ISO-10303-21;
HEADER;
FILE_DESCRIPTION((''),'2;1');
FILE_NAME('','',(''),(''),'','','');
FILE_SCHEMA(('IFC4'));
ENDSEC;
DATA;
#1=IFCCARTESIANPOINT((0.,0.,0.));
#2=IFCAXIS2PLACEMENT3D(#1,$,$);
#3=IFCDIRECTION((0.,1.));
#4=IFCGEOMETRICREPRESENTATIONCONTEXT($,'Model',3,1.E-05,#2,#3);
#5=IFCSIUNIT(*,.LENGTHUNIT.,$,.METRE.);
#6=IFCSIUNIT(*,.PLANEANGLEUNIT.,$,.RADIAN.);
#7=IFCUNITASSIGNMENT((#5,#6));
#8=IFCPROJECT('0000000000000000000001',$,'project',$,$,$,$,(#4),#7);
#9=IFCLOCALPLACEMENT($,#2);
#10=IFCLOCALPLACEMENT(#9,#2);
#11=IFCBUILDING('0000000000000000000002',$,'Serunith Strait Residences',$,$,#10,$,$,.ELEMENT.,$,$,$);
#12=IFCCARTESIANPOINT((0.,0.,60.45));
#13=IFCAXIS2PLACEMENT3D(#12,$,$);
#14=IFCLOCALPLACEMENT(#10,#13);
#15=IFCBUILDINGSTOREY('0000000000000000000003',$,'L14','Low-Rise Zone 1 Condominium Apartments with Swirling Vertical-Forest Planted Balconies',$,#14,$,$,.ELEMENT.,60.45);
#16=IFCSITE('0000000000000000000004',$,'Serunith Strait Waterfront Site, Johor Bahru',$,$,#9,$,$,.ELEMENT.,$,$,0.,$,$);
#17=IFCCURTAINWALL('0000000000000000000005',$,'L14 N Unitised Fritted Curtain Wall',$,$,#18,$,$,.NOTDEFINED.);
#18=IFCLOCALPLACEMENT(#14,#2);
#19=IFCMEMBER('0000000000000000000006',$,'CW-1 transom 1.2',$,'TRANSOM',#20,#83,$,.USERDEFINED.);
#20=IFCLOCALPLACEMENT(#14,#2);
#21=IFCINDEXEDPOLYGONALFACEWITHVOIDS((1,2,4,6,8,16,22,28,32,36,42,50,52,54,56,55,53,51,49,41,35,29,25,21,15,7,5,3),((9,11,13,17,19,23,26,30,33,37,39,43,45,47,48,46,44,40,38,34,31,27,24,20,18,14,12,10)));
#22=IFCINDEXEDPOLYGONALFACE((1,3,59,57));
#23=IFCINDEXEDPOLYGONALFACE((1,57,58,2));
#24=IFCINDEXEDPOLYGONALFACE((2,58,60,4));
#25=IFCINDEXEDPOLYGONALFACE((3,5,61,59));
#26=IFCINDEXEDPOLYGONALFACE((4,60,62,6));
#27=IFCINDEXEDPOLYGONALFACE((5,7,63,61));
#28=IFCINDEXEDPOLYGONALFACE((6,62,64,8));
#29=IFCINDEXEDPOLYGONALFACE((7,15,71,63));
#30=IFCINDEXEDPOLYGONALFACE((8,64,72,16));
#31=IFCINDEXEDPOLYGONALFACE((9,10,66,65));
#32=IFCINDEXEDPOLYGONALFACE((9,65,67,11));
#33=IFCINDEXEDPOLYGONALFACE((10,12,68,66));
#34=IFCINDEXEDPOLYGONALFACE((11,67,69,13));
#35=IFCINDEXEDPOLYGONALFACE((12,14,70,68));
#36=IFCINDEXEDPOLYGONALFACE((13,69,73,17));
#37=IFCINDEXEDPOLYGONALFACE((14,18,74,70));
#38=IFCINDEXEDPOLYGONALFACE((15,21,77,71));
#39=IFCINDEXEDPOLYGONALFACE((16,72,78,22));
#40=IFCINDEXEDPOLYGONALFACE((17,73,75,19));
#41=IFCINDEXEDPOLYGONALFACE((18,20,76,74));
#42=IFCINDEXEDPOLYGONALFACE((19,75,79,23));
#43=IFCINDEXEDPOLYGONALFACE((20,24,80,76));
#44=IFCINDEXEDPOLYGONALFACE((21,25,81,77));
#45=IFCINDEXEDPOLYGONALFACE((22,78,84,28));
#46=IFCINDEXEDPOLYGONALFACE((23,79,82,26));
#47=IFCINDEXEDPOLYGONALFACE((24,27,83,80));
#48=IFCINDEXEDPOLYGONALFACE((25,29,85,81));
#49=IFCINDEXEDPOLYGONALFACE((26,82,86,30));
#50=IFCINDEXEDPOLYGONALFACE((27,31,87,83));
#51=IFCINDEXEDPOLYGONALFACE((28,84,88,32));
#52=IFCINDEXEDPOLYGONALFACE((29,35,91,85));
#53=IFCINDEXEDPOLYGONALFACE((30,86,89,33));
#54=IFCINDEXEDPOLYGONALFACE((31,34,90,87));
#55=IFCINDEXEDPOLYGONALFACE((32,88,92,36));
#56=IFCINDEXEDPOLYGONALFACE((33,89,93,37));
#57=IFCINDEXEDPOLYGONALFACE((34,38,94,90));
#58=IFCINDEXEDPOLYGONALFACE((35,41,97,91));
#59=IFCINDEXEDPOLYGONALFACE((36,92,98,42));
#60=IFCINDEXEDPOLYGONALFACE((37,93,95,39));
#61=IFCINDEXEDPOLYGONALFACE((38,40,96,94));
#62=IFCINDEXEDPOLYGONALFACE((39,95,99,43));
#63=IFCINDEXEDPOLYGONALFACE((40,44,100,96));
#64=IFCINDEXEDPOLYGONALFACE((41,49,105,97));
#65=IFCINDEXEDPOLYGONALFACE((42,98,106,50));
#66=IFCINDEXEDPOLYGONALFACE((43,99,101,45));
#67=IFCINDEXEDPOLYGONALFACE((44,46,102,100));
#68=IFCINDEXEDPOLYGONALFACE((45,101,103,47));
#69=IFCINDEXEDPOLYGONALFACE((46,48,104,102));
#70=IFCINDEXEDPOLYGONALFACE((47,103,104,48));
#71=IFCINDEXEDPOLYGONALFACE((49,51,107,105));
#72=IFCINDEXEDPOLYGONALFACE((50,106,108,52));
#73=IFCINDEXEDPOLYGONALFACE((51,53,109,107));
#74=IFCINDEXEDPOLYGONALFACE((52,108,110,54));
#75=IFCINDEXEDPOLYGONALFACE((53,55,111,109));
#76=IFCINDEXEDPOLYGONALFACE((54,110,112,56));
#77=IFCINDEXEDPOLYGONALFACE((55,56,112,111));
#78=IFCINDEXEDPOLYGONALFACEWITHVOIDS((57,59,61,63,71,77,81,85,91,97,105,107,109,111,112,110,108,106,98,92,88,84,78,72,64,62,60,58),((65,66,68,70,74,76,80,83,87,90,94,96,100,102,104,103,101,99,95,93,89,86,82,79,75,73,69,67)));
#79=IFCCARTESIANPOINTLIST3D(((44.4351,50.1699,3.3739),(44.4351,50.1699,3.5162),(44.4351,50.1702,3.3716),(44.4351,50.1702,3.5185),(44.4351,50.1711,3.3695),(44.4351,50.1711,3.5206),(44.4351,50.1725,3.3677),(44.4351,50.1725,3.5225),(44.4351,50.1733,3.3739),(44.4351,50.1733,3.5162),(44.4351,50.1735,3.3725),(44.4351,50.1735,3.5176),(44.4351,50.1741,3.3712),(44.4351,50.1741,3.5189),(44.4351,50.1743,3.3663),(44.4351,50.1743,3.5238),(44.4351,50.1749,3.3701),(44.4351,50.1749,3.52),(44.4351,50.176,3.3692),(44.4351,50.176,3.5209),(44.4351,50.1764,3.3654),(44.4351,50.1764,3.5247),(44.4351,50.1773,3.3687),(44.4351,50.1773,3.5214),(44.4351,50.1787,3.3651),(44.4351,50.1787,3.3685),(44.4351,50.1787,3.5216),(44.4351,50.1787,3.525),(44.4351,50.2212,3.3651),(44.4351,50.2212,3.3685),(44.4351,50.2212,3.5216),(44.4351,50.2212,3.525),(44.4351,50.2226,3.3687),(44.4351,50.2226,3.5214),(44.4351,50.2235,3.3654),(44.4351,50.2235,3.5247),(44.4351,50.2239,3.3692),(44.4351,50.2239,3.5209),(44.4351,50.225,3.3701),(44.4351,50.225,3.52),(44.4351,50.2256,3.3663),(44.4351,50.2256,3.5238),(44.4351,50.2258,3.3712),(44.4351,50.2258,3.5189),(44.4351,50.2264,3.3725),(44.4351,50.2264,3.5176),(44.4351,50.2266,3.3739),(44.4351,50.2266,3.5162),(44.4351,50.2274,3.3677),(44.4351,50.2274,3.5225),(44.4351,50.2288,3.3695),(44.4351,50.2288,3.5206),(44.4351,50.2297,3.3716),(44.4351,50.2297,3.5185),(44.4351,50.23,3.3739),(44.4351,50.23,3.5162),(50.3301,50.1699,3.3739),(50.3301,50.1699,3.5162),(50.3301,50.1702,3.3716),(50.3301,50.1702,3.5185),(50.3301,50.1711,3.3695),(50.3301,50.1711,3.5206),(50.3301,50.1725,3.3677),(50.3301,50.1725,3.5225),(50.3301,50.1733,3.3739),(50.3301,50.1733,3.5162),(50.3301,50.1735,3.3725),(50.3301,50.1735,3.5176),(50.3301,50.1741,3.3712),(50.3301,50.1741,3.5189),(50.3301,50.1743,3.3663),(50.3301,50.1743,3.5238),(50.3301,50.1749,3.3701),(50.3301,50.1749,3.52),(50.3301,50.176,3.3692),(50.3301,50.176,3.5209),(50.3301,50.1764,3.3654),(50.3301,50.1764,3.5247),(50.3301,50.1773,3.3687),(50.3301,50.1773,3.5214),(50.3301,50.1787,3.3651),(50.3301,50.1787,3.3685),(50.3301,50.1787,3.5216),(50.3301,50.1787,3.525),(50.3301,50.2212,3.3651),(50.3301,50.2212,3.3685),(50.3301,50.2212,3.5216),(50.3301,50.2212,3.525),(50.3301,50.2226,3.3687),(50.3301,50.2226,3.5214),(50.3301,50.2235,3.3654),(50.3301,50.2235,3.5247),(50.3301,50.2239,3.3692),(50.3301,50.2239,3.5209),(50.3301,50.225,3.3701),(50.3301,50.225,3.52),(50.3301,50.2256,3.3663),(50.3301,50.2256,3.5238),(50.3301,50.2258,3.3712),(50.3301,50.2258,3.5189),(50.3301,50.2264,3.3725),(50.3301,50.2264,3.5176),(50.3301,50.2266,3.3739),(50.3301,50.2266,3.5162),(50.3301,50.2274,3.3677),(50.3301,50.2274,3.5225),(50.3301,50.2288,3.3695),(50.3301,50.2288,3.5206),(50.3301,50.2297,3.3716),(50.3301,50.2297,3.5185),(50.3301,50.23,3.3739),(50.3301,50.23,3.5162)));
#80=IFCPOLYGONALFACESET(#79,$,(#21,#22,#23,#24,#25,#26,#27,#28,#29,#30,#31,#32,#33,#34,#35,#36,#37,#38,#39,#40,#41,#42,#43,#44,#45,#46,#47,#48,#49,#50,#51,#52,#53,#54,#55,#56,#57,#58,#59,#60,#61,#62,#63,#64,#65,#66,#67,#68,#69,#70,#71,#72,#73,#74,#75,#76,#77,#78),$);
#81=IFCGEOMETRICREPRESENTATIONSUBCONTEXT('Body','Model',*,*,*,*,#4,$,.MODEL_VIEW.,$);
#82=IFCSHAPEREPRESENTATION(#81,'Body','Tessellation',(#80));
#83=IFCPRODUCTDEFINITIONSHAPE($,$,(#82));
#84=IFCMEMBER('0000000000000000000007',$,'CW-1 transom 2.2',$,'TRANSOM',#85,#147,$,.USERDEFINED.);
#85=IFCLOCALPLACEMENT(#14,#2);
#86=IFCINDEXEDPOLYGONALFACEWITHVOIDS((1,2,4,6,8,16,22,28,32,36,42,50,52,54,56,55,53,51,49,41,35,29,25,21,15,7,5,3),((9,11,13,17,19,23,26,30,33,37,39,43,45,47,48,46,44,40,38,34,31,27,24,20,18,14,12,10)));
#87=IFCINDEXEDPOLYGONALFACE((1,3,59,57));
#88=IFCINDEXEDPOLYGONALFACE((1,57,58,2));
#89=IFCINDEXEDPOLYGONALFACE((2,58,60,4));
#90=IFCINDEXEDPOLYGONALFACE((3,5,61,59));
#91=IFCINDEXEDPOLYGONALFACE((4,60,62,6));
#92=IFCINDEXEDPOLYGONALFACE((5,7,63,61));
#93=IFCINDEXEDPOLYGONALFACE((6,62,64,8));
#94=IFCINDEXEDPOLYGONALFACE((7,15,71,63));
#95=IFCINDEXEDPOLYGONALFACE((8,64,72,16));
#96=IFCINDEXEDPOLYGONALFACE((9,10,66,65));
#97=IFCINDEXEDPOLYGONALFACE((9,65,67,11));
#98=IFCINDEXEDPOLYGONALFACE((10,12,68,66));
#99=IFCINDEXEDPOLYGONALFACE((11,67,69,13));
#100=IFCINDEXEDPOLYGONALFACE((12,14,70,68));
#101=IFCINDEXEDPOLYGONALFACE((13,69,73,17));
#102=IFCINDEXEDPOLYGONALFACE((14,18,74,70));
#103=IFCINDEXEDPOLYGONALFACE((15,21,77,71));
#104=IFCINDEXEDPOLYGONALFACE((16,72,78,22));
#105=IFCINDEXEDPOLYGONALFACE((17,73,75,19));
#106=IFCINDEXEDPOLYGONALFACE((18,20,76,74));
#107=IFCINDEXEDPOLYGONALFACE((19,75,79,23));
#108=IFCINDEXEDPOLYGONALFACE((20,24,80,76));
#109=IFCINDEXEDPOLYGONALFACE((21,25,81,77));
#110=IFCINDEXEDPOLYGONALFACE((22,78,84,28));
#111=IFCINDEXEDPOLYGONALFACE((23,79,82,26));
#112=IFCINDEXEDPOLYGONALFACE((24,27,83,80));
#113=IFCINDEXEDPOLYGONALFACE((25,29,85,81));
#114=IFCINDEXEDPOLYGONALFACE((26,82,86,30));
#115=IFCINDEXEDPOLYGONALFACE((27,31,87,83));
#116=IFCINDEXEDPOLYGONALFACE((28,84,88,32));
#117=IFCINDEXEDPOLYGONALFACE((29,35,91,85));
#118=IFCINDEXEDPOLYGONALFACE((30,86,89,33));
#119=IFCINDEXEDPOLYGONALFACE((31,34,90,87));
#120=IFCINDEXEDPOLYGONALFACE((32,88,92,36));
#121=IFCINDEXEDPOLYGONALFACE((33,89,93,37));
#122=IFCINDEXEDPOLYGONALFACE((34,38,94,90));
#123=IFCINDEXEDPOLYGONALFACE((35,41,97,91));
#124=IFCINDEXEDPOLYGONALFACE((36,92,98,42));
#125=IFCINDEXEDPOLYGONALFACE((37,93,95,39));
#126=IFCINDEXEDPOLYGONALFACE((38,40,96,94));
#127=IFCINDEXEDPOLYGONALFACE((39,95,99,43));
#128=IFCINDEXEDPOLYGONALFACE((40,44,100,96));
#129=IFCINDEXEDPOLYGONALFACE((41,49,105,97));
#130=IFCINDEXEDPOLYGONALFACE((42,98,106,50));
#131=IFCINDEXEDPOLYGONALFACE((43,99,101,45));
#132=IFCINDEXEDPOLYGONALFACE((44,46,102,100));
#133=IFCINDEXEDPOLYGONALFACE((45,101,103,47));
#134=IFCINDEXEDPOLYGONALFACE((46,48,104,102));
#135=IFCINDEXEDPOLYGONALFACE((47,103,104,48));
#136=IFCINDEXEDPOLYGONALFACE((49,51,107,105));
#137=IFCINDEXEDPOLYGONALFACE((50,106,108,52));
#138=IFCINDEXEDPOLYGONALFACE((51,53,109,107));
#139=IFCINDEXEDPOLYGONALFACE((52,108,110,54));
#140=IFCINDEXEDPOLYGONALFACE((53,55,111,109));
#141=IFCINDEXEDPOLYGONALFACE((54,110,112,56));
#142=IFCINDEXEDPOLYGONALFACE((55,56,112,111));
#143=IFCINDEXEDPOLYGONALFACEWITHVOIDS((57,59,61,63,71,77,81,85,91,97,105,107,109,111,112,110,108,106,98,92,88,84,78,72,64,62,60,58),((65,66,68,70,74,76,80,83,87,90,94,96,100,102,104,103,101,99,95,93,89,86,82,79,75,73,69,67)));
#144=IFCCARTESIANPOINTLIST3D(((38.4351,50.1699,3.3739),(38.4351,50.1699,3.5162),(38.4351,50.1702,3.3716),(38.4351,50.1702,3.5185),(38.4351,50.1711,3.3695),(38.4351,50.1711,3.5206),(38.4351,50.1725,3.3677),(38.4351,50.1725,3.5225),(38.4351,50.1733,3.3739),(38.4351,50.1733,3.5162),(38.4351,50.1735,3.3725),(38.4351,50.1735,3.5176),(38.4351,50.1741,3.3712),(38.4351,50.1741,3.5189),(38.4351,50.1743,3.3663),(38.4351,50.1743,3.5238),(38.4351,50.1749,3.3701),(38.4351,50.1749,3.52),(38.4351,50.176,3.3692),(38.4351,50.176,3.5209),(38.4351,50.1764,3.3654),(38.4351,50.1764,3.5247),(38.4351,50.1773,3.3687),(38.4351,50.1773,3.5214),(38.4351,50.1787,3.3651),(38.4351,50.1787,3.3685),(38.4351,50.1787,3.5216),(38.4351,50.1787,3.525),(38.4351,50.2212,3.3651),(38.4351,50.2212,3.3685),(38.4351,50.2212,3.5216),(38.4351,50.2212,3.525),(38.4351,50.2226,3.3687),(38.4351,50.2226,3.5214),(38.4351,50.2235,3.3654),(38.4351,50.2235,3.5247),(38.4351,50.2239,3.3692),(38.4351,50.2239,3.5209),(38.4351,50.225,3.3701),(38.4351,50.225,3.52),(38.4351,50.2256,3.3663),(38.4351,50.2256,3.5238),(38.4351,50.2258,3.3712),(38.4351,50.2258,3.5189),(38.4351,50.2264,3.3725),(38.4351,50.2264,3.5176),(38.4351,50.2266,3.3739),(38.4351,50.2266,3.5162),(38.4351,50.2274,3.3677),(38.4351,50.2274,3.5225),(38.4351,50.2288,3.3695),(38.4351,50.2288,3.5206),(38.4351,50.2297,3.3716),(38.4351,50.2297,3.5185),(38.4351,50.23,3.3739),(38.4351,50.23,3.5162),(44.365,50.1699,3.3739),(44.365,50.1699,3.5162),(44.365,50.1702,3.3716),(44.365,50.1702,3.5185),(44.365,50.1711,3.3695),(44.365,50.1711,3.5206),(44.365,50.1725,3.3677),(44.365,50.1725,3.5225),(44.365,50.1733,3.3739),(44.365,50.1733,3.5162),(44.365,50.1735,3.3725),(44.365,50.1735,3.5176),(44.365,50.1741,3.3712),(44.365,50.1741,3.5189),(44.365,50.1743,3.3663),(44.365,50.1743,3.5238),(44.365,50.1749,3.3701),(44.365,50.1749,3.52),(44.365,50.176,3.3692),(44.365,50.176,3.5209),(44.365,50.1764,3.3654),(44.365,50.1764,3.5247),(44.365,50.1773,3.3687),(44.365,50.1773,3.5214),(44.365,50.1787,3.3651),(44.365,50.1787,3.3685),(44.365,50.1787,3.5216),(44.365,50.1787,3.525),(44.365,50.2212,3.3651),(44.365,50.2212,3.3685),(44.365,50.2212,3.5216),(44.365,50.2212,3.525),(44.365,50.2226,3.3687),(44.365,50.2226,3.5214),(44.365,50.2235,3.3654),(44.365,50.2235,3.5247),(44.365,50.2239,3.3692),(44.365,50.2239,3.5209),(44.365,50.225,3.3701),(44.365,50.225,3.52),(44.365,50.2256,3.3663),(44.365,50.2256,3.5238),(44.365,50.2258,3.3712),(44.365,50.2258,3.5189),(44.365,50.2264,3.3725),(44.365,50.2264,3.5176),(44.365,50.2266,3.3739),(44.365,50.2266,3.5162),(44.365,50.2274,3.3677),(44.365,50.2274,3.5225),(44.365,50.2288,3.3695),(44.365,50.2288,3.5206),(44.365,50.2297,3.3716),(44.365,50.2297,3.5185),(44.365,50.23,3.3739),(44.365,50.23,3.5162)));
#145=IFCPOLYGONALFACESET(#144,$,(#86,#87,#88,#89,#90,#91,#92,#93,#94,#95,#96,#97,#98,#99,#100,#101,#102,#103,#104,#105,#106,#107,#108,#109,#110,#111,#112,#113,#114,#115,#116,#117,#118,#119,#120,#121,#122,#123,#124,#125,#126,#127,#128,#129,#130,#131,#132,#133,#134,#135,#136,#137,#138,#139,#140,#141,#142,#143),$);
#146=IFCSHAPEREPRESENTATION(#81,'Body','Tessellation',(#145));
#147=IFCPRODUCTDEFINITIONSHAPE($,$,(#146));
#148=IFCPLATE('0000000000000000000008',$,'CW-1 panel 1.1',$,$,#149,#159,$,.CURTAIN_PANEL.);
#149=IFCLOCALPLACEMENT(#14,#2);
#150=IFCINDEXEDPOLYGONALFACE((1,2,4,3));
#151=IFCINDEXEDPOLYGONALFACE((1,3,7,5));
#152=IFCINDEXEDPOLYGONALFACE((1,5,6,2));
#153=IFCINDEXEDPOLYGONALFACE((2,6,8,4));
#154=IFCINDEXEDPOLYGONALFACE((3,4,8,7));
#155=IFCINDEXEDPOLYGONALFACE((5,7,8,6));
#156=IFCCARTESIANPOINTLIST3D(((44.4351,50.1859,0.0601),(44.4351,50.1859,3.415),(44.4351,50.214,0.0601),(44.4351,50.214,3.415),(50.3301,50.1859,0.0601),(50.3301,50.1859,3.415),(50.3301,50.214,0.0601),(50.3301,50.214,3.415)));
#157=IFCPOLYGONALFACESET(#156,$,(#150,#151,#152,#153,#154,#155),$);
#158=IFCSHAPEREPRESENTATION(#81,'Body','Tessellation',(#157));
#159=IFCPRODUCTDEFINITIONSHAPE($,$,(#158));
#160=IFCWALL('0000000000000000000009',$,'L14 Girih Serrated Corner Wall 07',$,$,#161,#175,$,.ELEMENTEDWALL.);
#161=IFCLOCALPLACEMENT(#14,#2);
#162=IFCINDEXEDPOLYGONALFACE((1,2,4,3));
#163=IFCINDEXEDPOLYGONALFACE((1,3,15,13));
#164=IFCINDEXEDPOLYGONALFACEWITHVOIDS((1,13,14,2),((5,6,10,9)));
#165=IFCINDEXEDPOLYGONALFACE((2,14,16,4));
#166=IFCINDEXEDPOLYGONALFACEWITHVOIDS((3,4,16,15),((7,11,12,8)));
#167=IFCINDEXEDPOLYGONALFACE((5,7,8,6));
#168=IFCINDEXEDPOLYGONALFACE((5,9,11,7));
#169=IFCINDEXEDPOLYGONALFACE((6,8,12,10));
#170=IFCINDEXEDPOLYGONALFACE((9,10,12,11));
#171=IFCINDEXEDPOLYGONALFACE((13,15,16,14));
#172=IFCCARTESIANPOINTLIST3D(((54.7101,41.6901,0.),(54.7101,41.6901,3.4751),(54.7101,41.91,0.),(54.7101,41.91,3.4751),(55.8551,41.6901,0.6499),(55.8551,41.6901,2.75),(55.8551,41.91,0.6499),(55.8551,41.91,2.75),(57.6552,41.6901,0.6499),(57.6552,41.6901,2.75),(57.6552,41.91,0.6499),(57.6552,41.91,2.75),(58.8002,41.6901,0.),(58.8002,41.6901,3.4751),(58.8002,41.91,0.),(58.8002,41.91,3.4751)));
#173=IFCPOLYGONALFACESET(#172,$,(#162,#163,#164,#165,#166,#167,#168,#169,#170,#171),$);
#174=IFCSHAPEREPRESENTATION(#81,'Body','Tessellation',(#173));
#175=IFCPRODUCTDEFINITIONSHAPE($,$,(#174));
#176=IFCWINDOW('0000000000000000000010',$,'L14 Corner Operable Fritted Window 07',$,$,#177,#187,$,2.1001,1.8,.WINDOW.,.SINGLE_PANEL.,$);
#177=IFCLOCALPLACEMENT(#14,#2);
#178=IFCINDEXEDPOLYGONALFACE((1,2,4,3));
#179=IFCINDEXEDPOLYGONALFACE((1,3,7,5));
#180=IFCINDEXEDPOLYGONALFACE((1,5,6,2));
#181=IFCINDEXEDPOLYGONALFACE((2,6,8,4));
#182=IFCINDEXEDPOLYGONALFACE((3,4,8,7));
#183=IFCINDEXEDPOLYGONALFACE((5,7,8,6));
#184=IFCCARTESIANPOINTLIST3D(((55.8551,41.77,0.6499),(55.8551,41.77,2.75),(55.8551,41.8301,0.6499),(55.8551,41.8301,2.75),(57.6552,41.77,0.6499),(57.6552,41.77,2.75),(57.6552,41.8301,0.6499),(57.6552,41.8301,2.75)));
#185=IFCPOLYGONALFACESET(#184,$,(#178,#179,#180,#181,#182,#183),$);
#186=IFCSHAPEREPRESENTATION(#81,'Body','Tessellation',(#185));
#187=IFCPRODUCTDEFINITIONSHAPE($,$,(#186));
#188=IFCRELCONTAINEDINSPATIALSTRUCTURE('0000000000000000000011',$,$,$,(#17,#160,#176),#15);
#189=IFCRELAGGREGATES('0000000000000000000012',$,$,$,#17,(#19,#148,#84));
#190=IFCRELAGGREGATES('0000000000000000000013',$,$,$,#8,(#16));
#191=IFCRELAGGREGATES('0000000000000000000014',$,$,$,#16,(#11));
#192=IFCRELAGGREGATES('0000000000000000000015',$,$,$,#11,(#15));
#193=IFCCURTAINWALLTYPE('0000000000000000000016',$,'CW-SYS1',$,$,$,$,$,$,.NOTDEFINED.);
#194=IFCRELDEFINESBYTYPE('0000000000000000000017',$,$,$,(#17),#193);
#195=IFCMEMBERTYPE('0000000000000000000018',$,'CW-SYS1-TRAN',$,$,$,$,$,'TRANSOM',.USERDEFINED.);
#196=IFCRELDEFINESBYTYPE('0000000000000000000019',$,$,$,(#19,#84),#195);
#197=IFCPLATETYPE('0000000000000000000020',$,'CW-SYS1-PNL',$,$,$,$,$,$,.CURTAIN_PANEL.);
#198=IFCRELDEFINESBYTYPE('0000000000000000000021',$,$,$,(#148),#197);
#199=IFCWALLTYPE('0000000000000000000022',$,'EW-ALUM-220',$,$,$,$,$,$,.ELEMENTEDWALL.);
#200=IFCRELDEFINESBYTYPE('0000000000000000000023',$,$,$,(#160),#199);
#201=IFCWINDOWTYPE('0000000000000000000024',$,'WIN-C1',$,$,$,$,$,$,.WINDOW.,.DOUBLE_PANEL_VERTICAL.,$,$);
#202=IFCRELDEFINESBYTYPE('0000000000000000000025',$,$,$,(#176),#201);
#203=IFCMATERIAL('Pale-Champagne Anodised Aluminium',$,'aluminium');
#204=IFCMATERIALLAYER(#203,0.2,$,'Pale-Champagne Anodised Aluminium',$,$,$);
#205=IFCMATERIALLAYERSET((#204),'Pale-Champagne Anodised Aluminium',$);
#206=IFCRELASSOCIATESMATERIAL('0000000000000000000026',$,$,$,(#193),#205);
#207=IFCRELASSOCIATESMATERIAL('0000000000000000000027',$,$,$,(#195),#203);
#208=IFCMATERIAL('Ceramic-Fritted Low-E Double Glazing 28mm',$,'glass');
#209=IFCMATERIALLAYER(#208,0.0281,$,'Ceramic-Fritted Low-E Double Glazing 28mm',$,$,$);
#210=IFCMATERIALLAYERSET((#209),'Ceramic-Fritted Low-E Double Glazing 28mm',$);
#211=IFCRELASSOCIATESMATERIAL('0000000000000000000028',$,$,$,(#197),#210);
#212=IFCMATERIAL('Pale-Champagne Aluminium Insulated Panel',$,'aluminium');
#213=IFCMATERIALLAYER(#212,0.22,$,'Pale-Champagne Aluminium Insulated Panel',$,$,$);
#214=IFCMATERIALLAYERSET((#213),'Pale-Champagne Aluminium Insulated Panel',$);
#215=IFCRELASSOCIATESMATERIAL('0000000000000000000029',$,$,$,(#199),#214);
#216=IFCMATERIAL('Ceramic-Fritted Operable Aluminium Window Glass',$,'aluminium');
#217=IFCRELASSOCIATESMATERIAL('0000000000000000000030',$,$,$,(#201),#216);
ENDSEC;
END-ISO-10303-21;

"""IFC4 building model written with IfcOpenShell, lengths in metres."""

from ifc_helpers import new_model, si_unit, direction, frame, frame_2d, origin, origin_2d, place, context, subcontext, project, spatial, rectangle, hollow_rectangle, extrude, source, transform, mapped, material, layer, layer_set, material_profile, profile_set, type_object, element, fill, aggregate, save


model = new_model("IFC4")

# Units and contexts
model_context = context("Model", 3, precision=1e-05, world=origin(), true_north=direction((0.0, 1.0)))
body_context = subcontext(model_context, "Body", "Model", "MODEL_VIEW")
ifc_project = project(units=[si_unit("LENGTHUNIT", "METRE"), si_unit("PLANEANGLEUNIT", "RADIAN")], contexts=[model_context])

# Site, building, storey
site_placement = place(None, origin())
site = spatial("IfcSite", under=ifc_project, at=site_placement, Name="Serunith Strait Waterfront Site, Johor Bahru", CompositionType="ELEMENT", RefElevation=0.0)
building_placement = place(site_placement, origin())
building = spatial("IfcBuilding", under=site, at=building_placement, Name="Serunith Strait Residences", CompositionType="ELEMENT")
storey_placement = place(building_placement, frame((0.0, 0.0, 60.45)))
storey = spatial("IfcBuildingStorey", under=building, at=storey_placement, Name="L14", Description="Low-Rise Zone 1 Condominium Apartments with Swirling Vertical-Forest Planted Balconies", CompositionType="ELEMENT", Elevation=60.45)

# Shared definitions
ifc_material_1 = material(Name="Pale-Champagne Anodised Aluminium", Category="aluminium")
ifc_layer_1 = layer(ifc_material_1, 0.2, Name="Pale-Champagne Anodised Aluminium")
ifc_layer_set_1 = layer_set([ifc_layer_1], Name="Pale-Champagne Anodised Aluminium")
curtain_wall_type = type_object("IfcCurtainWallType", Name="CW-SYS1", PredefinedType="NOTDEFINED", material=ifc_layer_set_1)

# Curtain wall, members, plate
curtain_wall_1_placement = place(storey_placement, origin())
curtain_wall_1 = element("IfcCurtainWall", 1, at=curtain_wall_1_placement, inside=storey, type_object=curtain_wall_type, Name="L14 N Unitised Fritted Curtain Wall", PredefinedType="NOTDEFINED")
ifc_material_profile_1 = material_profile(ifc_material_1, hollow_rectangle(XDim=0.0601, YDim=0.1599, WallThickness=0.0034, InnerFilletRadius=0.0054, OuterFilletRadius=0.0088, at=origin_2d()), Name="ALU 160x60x3.5")
ifc_profile_set_1 = profile_set([ifc_material_profile_1], Name="Pale-Champagne Anodised Aluminium")
member_type_1 = type_object("IfcMemberType", Name="CW-SYS1-TRAN", ElementType="TRANSOM", PredefinedType="USERDEFINED", material=ifc_profile_set_1)
shared_shape_1 = source(origin(), body_context, "Body", "SweptSolid", [
    extrude(hollow_rectangle(XDim=0.0601, YDim=0.1599, WallThickness=0.0034, InnerFilletRadius=0.0054, OuterFilletRadius=0.0088, at=origin_2d()), origin(), (0.0, 0.0, 1.0), 5.895),
])
member_1_placement = place(storey_placement, frame((50.3301, 50.2, 3.4451), z_axis=(-1.0, 0.0, 0.0), x_axis=(0.0, -1.0, 0.0)))
member_1 = element("IfcMember", 2, at=member_1_placement, type_object=member_type_1, Name="CW-1 transom 1.2", ObjectType="TRANSOM", PredefinedType="USERDEFINED", context=body_context, shape_type="MappedRepresentation", body=[
    mapped(shared_shape_1, transform((0.0, 0.0, 0.0), scale=1.0)),
])
shared_shape_2 = source(origin(), body_context, "Body", "SweptSolid", [
    extrude(hollow_rectangle(XDim=0.0601, YDim=0.1599, WallThickness=0.0034, InnerFilletRadius=0.0054, OuterFilletRadius=0.0088, at=origin_2d()), origin(), (0.0, 0.0, 1.0), 5.9299),
])
member_2_placement = place(storey_placement, frame((44.365, 50.2, 3.4451), z_axis=(-1.0, 0.0, 0.0), x_axis=(0.0, -1.0, 0.0)))
member_2 = element("IfcMember", 3, at=member_2_placement, type_object=member_type_1, Name="CW-1 transom 2.2", ObjectType="TRANSOM", PredefinedType="USERDEFINED", context=body_context, shape_type="MappedRepresentation", body=[
    mapped(shared_shape_2, transform((0.0, 0.0, 0.0), scale=1.0)),
])
ifc_material_2 = material(Name="Ceramic-Fritted Low-E Double Glazing 28mm", Category="glass")
ifc_layer_2 = layer(ifc_material_2, 0.0281, Name="Ceramic-Fritted Low-E Double Glazing 28mm")
ifc_layer_set_2 = layer_set([ifc_layer_2], Name="Ceramic-Fritted Low-E Double Glazing 28mm")
plate_type = type_object("IfcPlateType", Name="CW-SYS1-PNL", PredefinedType="CURTAIN_PANEL", material=ifc_layer_set_2)
shared_shape_3 = source(origin(), body_context, "Body", "SweptSolid", [
    extrude(rectangle(XDim=5.895, YDim=0.0281, at=origin_2d()), origin(), (0.0, 0.0, 1.0), 3.355),
])
plate_placement = place(storey_placement, frame((47.3826, 50.2, 0.0601), z_axis=(0.0, 0.0, 1.0), x_axis=(-1.0, 0.0, 0.0)))
plate = element("IfcPlate", 4, at=plate_placement, type_object=plate_type, Name="CW-1 panel 1.1", PredefinedType="CURTAIN_PANEL", context=body_context, shape_type="MappedRepresentation", body=[
    mapped(shared_shape_3, transform((0.0, 0.0, 0.0), scale=1.0)),
])
aggregate(curtain_wall_1, [member_1, plate, member_2])

# Wall, opening, window
ifc_material_3 = material(Name="Pale-Champagne Aluminium Insulated Panel", Category="aluminium")
ifc_layer_3 = layer(ifc_material_3, 0.22, Name="Pale-Champagne Aluminium Insulated Panel")
ifc_layer_set_3 = layer_set([ifc_layer_3], Name="Pale-Champagne Aluminium Insulated Panel")
wall_type_1 = type_object("IfcWallType", Name="EW-ALUM-220", PredefinedType="ELEMENTEDWALL", material=ifc_layer_set_3)
wall_1_placement = place(storey_placement, frame((58.8, 41.8, 0.0), z_axis=(0.0, 0.0, 1.0), x_axis=(-1.0, 0.0, 0.0)))
wall_1 = element("IfcWall", 5, at=wall_1_placement, inside=storey, type_object=wall_type_1, Name="L14 Girih Serrated Corner Wall 07", PredefinedType="ELEMENTEDWALL", context=body_context, shape_type="SweptSolid", body=[
    extrude(rectangle(XDim=4.0901, YDim=0.22, at=frame_2d((2.0449, 0.0))), origin(), (0.0, 0.0, 1.0), 3.4751),
])
opening_1_placement = place(wall_1_placement, frame((1.145, 0.0, 0.6499)))
opening_1 = element("IfcOpeningElement", 6, at=opening_1_placement, cuts=wall_1, PredefinedType="OPENING", context=body_context, shape_type="SweptSolid", body=[
    extrude(rectangle(XDim=1.8, YDim=2.1001, at=frame_2d((0.8999, 1.05))), frame((0.0, 0.1201, 0.0), z_axis=(0.0, -1.0, 0.0), x_axis=(1.0, 0.0, 0.0)), (0.0, 0.0, 1.0), 0.24),
])
ifc_material_4 = material(Name="Ceramic-Fritted Operable Aluminium Window Glass", Category="aluminium")
window_type = type_object("IfcWindowType", Name="WIN-C1", PartitioningType="DOUBLE_PANEL_VERTICAL", PredefinedType="WINDOW", material=ifc_material_4)
shared_shape_4 = source(origin(), body_context, "Body", "SweptSolid", [
    extrude(rectangle(XDim=1.8, YDim=2.1001, at=frame_2d((0.8999, 1.05))), frame((0.0, 0.03, 0.0), z_axis=(0.0, -1.0, 0.0), x_axis=(1.0, 0.0, 0.0)), (0.0, 0.0, 1.0), 0.0601),
])
window_1_placement = place(opening_1_placement, origin())
window_1 = element("IfcWindow", 7, at=window_1_placement, inside=storey, type_object=window_type, Name="L14 Corner Operable Fritted Window 07", OverallHeight=2.1001, OverallWidth=1.8, PartitioningType="SINGLE_PANEL", PredefinedType="WINDOW", context=body_context, shape_type="MappedRepresentation", body=[
    mapped(shared_shape_4, transform((0.0, 0.0, 0.0), scale=1.0)),
])
fill(opening_1, window_1)

save(model, "model.ifc")
